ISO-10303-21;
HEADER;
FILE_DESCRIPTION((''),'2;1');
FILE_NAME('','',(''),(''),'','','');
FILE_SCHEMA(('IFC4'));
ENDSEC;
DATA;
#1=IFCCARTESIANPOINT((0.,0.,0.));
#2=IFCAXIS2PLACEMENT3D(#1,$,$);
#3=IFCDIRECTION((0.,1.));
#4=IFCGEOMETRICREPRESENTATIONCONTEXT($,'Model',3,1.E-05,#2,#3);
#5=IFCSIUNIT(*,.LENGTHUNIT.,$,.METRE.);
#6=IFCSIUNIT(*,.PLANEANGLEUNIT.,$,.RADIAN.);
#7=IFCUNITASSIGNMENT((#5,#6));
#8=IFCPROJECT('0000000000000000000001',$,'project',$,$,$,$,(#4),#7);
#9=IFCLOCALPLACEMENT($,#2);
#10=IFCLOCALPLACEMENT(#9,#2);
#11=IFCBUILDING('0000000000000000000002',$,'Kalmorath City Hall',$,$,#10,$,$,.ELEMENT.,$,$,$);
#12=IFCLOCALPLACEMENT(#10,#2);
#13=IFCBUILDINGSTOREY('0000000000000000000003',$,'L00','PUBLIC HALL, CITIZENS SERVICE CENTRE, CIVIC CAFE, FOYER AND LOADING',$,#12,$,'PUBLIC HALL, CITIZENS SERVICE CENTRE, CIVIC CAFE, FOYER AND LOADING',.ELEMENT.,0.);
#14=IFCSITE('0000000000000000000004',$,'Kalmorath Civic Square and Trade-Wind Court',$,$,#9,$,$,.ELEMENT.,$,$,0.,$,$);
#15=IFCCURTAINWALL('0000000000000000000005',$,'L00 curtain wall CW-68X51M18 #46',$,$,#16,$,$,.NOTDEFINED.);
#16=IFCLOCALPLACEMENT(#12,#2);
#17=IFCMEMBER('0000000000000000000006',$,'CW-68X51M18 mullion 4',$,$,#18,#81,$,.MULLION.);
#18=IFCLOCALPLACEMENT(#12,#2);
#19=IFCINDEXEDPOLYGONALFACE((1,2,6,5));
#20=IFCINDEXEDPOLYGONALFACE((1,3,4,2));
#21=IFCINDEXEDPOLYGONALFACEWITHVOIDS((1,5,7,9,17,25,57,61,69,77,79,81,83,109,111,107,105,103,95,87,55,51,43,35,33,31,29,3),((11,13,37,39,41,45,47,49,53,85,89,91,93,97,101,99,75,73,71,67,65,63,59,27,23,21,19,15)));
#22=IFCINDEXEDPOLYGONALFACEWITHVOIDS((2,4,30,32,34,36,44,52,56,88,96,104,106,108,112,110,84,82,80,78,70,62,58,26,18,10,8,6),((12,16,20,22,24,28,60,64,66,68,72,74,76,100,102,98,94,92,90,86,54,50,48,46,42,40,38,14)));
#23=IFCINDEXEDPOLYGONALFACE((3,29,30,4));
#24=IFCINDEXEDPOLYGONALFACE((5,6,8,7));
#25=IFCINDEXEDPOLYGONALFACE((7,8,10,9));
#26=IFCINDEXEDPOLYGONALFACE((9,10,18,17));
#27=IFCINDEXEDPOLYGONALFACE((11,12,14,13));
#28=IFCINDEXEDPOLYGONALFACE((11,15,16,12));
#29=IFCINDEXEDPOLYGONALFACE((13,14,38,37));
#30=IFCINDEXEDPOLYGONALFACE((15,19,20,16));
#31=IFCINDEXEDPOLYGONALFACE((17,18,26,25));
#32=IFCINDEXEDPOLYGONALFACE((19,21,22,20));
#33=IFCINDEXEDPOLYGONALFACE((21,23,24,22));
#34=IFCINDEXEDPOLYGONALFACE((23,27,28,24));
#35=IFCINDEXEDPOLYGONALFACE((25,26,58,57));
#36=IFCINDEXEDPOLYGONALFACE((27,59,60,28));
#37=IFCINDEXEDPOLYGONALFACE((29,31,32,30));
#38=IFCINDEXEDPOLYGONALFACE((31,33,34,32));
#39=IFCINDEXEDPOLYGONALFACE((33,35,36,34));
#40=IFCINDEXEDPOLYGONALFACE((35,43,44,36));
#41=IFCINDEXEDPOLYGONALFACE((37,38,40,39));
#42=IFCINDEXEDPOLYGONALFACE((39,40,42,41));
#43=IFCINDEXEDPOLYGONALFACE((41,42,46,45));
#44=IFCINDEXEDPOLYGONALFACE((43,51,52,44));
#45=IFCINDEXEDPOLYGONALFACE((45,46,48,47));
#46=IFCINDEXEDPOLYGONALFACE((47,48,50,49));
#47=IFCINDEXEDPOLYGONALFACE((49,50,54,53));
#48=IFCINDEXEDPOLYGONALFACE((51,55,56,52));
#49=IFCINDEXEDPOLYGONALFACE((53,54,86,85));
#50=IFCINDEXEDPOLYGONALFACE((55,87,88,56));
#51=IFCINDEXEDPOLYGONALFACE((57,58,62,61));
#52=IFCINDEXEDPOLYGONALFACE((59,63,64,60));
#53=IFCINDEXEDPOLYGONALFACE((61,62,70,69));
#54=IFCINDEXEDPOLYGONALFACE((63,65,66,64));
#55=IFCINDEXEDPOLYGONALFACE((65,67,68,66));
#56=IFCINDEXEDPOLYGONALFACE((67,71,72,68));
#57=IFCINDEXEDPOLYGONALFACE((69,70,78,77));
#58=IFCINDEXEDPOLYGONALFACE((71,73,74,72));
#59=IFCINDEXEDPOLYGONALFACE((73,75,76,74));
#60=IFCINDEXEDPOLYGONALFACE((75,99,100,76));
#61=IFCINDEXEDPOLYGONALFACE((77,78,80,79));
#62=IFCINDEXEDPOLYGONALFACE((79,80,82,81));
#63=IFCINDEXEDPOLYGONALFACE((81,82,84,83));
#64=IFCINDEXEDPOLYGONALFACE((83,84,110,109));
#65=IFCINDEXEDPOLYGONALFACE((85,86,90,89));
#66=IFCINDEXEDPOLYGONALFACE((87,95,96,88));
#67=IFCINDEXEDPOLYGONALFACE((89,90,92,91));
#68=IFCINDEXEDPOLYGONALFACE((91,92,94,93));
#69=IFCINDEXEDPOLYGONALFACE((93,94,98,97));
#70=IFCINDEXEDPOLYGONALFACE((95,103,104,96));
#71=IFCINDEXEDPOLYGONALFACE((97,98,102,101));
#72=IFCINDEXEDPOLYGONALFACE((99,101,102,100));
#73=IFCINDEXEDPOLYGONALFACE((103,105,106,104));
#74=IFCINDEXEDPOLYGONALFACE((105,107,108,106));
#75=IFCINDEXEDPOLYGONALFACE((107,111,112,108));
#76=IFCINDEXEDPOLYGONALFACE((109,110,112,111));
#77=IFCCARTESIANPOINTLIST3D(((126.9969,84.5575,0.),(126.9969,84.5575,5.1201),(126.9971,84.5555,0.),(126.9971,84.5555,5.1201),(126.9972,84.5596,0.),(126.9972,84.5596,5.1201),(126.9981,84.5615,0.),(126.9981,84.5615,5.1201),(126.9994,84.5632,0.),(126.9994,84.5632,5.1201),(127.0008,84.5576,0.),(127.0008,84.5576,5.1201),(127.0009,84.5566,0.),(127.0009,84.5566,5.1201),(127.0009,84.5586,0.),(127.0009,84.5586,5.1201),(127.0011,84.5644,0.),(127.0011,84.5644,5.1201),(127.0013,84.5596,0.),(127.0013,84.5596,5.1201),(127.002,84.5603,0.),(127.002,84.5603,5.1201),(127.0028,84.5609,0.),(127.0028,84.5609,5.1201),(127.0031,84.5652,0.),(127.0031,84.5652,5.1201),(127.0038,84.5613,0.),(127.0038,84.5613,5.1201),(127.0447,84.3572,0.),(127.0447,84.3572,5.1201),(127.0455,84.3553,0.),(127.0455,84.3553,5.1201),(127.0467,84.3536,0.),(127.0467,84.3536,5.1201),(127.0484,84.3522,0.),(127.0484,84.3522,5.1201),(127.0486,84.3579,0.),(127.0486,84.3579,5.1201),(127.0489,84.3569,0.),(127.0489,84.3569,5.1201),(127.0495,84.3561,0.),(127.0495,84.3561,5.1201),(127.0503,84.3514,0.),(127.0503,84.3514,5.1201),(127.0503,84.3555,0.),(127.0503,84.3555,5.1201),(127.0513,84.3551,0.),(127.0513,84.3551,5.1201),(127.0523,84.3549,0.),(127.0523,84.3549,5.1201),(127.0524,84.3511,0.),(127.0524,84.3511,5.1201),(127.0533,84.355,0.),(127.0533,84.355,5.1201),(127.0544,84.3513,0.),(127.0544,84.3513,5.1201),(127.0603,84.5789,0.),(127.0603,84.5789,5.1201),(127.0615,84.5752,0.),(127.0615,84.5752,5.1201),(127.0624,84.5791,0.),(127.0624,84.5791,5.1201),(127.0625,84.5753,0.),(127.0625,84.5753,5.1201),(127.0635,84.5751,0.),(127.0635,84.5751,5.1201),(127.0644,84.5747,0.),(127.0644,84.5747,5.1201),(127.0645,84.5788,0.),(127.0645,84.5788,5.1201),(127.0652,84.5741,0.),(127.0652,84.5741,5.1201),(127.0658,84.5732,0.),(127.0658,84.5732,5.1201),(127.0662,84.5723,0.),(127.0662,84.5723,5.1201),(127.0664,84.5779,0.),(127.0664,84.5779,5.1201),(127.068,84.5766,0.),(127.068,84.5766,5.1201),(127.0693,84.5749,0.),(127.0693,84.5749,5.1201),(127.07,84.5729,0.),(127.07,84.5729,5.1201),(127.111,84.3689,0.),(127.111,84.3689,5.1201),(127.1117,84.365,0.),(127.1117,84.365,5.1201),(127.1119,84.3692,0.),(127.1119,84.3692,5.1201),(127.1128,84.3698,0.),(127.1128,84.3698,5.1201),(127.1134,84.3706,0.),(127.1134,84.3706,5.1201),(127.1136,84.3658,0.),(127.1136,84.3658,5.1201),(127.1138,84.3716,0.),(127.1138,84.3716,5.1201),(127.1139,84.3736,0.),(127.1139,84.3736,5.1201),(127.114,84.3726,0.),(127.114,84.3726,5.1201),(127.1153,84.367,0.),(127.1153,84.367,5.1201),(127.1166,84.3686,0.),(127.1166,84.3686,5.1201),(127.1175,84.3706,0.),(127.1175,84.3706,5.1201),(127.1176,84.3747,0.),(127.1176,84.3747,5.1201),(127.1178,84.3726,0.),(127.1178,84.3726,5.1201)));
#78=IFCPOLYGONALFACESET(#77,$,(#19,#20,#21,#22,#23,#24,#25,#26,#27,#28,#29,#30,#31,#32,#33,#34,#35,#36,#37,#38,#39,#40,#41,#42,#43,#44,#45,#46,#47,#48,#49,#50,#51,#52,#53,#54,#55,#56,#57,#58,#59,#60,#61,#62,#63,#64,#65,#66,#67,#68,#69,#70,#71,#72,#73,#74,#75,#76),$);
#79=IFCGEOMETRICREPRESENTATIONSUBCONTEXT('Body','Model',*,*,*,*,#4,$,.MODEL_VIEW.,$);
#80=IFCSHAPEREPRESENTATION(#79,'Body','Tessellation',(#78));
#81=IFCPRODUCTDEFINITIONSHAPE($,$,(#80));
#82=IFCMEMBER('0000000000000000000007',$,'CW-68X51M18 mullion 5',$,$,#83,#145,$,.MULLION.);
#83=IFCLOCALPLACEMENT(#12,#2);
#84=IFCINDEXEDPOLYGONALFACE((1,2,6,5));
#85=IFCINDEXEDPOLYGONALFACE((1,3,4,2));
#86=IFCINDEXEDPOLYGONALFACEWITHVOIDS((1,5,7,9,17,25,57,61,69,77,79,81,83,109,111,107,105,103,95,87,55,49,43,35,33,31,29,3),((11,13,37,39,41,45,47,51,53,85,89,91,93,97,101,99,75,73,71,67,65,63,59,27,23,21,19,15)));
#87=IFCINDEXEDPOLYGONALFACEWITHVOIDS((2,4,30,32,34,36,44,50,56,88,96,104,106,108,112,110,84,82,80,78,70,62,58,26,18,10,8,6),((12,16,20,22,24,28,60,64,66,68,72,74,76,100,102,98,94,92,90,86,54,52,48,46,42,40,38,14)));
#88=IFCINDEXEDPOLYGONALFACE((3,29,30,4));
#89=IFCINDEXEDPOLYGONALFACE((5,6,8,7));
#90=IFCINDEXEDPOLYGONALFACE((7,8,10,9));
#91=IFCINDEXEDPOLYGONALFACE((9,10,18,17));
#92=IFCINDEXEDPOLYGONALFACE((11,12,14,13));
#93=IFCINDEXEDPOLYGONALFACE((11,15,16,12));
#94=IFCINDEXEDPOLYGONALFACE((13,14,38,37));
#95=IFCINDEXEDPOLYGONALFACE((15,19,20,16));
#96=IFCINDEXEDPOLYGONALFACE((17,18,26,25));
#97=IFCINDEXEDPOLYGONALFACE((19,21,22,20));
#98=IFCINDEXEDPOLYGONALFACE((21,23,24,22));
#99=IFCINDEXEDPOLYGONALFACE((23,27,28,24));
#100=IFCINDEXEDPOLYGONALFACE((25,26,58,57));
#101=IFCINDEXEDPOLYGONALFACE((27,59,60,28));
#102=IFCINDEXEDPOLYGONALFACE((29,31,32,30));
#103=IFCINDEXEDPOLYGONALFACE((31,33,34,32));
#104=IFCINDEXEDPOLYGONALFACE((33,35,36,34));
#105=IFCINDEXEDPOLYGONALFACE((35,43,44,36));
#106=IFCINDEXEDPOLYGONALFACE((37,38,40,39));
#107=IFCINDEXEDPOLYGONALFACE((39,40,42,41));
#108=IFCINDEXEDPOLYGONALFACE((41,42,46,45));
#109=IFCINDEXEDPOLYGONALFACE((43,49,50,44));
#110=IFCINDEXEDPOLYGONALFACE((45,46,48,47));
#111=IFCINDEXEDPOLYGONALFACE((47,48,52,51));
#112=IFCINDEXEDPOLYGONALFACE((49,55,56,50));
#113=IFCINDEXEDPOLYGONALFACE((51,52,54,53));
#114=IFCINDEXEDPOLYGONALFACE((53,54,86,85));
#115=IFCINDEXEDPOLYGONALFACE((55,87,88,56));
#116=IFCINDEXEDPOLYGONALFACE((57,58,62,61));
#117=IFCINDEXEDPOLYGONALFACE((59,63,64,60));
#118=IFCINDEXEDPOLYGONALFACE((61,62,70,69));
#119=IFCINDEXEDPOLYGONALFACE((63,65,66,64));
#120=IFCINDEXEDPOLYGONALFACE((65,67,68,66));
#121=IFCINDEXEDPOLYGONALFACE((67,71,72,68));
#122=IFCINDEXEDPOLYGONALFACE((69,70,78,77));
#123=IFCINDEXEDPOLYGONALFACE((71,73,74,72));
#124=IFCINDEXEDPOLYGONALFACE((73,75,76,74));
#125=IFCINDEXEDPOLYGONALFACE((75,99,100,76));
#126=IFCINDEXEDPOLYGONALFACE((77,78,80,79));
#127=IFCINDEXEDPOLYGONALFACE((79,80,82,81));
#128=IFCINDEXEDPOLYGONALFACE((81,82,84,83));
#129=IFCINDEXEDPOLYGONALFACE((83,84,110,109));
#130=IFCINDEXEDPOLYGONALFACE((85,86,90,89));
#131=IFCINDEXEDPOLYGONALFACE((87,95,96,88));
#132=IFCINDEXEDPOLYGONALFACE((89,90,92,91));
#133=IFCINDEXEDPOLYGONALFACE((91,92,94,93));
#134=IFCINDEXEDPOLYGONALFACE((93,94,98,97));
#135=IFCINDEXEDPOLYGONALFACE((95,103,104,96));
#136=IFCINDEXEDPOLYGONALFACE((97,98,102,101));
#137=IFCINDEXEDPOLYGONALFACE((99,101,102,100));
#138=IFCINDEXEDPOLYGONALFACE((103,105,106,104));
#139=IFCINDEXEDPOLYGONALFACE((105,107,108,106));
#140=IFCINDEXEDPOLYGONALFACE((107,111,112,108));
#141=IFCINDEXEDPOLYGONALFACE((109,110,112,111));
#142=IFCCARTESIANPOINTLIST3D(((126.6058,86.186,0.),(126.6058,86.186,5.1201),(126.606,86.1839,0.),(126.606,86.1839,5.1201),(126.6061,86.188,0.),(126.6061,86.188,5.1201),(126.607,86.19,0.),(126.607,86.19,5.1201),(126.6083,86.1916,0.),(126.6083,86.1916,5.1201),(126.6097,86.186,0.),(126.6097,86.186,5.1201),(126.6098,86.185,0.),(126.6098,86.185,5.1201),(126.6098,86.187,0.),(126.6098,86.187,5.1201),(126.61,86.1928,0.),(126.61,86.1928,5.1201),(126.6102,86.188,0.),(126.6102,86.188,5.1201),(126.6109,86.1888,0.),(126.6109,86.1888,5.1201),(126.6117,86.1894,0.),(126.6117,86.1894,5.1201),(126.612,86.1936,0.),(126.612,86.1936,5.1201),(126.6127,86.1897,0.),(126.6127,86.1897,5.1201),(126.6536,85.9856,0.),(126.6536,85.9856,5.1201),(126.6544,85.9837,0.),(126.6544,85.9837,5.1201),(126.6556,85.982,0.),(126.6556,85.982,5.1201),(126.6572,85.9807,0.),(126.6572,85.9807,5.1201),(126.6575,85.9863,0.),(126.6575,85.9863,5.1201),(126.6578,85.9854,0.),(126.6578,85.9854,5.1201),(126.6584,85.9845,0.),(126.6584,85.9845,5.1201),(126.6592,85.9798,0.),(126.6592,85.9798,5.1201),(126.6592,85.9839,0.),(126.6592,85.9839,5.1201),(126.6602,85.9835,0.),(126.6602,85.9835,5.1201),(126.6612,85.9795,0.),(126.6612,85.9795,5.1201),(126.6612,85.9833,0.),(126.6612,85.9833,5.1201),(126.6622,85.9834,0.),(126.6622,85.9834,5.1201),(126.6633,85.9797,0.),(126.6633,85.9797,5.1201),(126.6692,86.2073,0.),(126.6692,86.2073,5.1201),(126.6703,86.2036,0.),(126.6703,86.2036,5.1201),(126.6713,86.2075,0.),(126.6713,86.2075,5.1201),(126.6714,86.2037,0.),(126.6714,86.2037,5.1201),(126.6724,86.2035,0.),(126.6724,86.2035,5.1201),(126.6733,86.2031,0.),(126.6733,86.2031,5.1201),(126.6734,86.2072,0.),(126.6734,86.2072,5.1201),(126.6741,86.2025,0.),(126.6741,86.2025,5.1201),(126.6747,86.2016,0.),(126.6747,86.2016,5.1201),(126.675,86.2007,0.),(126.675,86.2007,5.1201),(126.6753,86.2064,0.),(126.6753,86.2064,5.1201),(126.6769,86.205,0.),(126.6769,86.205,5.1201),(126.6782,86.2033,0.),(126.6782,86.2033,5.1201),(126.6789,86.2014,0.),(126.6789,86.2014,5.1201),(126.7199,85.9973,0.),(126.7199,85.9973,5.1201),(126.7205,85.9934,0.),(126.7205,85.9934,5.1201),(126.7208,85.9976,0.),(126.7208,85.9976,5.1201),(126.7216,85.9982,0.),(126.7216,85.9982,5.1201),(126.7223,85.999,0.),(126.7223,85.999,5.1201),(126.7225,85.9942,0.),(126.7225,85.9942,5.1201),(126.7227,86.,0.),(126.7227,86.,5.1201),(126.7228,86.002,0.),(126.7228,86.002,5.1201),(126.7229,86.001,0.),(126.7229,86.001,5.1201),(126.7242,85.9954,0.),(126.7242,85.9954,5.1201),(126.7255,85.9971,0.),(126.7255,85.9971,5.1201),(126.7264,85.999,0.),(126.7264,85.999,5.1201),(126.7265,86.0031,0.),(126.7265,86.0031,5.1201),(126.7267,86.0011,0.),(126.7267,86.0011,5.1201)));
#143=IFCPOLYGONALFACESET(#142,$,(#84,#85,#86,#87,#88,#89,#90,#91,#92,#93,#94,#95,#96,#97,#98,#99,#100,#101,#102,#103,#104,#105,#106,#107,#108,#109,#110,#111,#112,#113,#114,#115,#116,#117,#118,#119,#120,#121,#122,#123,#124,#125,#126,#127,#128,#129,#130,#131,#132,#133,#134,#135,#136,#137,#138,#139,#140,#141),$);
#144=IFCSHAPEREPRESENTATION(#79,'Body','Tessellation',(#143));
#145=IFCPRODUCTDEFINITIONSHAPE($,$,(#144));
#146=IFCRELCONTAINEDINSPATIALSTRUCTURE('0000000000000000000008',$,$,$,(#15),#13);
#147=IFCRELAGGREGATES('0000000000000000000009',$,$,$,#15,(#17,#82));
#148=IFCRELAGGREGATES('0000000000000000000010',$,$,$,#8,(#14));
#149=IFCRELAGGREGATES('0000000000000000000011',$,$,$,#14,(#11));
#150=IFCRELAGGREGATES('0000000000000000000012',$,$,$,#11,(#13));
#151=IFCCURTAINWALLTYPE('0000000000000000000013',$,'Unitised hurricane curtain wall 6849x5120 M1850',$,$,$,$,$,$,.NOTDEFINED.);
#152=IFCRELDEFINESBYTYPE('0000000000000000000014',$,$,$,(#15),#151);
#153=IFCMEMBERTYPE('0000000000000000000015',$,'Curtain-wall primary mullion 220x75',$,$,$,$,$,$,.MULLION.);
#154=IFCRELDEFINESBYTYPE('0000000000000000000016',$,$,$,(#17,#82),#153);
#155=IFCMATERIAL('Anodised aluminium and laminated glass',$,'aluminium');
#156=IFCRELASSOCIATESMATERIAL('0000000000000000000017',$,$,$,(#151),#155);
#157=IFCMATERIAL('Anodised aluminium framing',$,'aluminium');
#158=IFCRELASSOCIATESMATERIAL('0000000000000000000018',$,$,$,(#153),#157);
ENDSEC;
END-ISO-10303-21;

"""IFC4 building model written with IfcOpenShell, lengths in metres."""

from ifc_helpers import new_model, si_unit, direction, frame, origin, origin_2d, place, context, subcontext, project, spatial, hollow_rectangle, extrude, material, material_profile, profile_set, type_object, element, aggregate, save


model = new_model("IFC4")

# Units and contexts
model_context = context("Model", 3, precision=1e-05, world=origin(), true_north=direction((0.0, 1.0)))
body_context = subcontext(model_context, "Body", "Model", "MODEL_VIEW")
ifc_project = project(units=[si_unit("LENGTHUNIT", "METRE"), si_unit("PLANEANGLEUNIT", "RADIAN")], contexts=[model_context])

# Site, building, storey
site_placement = place(None, origin())
site = spatial("IfcSite", under=ifc_project, at=site_placement, Name="Kalmorath Civic Square and Trade-Wind Court", CompositionType="ELEMENT", RefElevation=0.0)
building_placement = place(site_placement, origin())
building = spatial("IfcBuilding", under=site, at=building_placement, Name="Kalmorath City Hall", CompositionType="ELEMENT")
storey_placement = place(building_placement, origin())
storey = spatial("IfcBuildingStorey", under=building, at=storey_placement, Name="L00", Description="PUBLIC HALL, CITIZENS SERVICE CENTRE, CIVIC CAFE, FOYER AND LOADING", LongName="PUBLIC HALL, CITIZENS SERVICE CENTRE, CIVIC CAFE, FOYER AND LOADING", CompositionType="ELEMENT", Elevation=0.0)

# Curtain wall
ifc_material_1 = material(Name="Anodised aluminium and laminated glass", Category="aluminium")
curtain_wall_type_1 = type_object("IfcCurtainWallType", Name="Unitised hurricane curtain wall 6849x5120 M1850", PredefinedType="NOTDEFINED", material=ifc_material_1)
curtain_wall_1_placement = place(storey_placement, origin())
curtain_wall_1 = element("IfcCurtainWall", 1, at=curtain_wall_1_placement, inside=storey, type_object=curtain_wall_type_1, Name="L00 curtain wall CW-68X51M18 #46", PredefinedType="NOTDEFINED")

# Members
ifc_material_2 = material(Name="Anodised aluminium framing", Category="aluminium")
ifc_material_profile_1 = material_profile(ifc_material_2, hollow_rectangle(XDim=0.075, YDim=0.22, WallThickness=0.0039, InnerFilletRadius=0.0039, OuterFilletRadius=0.0081, at=origin_2d()), Name="ALU-MUL-220X75X4")
ifc_profile_set_1 = profile_set([ifc_material_profile_1], Name="Anodised aluminium framing")
member_type_1 = type_object("IfcMemberType", Name="Curtain-wall primary mullion 220x75", PredefinedType="MULLION", material=ifc_profile_set_1)
member_1_placement = place(storey_placement, frame((127.0574, 84.4651, 0.0), z_axis=(0.0, 0.0, 1.0), x_axis=(-0.972367, -0.233456, 0.0)))
member_1 = element("IfcMember", 2, at=member_1_placement, type_object=member_type_1, Name="CW-68X51M18 mullion 4", PredefinedType="MULLION", context=body_context, shape_type="SweptSolid", body=[
    extrude(hollow_rectangle(XDim=0.075, YDim=0.22, WallThickness=0.0039, InnerFilletRadius=0.0039, OuterFilletRadius=0.0081, at=origin_2d()), origin(), (0.0, 0.0, 1.0), 5.1201),
])
member_2_placement = place(storey_placement, frame((126.6663, 86.0935, 0.0), z_axis=(0.0, 0.0, 1.0), x_axis=(-0.972367, -0.233456, 0.0)))
member_2 = element("IfcMember", 3, at=member_2_placement, type_object=member_type_1, Name="CW-68X51M18 mullion 5", PredefinedType="MULLION", context=body_context, shape_type="SweptSolid", body=[
    extrude(hollow_rectangle(XDim=0.075, YDim=0.22, WallThickness=0.0039, InnerFilletRadius=0.0039, OuterFilletRadius=0.0081, at=origin_2d()), origin(), (0.0, 0.0, 1.0), 5.1201),
])

aggregate(curtain_wall_1, [member_1, member_2])

save(model, "model.ifc")
